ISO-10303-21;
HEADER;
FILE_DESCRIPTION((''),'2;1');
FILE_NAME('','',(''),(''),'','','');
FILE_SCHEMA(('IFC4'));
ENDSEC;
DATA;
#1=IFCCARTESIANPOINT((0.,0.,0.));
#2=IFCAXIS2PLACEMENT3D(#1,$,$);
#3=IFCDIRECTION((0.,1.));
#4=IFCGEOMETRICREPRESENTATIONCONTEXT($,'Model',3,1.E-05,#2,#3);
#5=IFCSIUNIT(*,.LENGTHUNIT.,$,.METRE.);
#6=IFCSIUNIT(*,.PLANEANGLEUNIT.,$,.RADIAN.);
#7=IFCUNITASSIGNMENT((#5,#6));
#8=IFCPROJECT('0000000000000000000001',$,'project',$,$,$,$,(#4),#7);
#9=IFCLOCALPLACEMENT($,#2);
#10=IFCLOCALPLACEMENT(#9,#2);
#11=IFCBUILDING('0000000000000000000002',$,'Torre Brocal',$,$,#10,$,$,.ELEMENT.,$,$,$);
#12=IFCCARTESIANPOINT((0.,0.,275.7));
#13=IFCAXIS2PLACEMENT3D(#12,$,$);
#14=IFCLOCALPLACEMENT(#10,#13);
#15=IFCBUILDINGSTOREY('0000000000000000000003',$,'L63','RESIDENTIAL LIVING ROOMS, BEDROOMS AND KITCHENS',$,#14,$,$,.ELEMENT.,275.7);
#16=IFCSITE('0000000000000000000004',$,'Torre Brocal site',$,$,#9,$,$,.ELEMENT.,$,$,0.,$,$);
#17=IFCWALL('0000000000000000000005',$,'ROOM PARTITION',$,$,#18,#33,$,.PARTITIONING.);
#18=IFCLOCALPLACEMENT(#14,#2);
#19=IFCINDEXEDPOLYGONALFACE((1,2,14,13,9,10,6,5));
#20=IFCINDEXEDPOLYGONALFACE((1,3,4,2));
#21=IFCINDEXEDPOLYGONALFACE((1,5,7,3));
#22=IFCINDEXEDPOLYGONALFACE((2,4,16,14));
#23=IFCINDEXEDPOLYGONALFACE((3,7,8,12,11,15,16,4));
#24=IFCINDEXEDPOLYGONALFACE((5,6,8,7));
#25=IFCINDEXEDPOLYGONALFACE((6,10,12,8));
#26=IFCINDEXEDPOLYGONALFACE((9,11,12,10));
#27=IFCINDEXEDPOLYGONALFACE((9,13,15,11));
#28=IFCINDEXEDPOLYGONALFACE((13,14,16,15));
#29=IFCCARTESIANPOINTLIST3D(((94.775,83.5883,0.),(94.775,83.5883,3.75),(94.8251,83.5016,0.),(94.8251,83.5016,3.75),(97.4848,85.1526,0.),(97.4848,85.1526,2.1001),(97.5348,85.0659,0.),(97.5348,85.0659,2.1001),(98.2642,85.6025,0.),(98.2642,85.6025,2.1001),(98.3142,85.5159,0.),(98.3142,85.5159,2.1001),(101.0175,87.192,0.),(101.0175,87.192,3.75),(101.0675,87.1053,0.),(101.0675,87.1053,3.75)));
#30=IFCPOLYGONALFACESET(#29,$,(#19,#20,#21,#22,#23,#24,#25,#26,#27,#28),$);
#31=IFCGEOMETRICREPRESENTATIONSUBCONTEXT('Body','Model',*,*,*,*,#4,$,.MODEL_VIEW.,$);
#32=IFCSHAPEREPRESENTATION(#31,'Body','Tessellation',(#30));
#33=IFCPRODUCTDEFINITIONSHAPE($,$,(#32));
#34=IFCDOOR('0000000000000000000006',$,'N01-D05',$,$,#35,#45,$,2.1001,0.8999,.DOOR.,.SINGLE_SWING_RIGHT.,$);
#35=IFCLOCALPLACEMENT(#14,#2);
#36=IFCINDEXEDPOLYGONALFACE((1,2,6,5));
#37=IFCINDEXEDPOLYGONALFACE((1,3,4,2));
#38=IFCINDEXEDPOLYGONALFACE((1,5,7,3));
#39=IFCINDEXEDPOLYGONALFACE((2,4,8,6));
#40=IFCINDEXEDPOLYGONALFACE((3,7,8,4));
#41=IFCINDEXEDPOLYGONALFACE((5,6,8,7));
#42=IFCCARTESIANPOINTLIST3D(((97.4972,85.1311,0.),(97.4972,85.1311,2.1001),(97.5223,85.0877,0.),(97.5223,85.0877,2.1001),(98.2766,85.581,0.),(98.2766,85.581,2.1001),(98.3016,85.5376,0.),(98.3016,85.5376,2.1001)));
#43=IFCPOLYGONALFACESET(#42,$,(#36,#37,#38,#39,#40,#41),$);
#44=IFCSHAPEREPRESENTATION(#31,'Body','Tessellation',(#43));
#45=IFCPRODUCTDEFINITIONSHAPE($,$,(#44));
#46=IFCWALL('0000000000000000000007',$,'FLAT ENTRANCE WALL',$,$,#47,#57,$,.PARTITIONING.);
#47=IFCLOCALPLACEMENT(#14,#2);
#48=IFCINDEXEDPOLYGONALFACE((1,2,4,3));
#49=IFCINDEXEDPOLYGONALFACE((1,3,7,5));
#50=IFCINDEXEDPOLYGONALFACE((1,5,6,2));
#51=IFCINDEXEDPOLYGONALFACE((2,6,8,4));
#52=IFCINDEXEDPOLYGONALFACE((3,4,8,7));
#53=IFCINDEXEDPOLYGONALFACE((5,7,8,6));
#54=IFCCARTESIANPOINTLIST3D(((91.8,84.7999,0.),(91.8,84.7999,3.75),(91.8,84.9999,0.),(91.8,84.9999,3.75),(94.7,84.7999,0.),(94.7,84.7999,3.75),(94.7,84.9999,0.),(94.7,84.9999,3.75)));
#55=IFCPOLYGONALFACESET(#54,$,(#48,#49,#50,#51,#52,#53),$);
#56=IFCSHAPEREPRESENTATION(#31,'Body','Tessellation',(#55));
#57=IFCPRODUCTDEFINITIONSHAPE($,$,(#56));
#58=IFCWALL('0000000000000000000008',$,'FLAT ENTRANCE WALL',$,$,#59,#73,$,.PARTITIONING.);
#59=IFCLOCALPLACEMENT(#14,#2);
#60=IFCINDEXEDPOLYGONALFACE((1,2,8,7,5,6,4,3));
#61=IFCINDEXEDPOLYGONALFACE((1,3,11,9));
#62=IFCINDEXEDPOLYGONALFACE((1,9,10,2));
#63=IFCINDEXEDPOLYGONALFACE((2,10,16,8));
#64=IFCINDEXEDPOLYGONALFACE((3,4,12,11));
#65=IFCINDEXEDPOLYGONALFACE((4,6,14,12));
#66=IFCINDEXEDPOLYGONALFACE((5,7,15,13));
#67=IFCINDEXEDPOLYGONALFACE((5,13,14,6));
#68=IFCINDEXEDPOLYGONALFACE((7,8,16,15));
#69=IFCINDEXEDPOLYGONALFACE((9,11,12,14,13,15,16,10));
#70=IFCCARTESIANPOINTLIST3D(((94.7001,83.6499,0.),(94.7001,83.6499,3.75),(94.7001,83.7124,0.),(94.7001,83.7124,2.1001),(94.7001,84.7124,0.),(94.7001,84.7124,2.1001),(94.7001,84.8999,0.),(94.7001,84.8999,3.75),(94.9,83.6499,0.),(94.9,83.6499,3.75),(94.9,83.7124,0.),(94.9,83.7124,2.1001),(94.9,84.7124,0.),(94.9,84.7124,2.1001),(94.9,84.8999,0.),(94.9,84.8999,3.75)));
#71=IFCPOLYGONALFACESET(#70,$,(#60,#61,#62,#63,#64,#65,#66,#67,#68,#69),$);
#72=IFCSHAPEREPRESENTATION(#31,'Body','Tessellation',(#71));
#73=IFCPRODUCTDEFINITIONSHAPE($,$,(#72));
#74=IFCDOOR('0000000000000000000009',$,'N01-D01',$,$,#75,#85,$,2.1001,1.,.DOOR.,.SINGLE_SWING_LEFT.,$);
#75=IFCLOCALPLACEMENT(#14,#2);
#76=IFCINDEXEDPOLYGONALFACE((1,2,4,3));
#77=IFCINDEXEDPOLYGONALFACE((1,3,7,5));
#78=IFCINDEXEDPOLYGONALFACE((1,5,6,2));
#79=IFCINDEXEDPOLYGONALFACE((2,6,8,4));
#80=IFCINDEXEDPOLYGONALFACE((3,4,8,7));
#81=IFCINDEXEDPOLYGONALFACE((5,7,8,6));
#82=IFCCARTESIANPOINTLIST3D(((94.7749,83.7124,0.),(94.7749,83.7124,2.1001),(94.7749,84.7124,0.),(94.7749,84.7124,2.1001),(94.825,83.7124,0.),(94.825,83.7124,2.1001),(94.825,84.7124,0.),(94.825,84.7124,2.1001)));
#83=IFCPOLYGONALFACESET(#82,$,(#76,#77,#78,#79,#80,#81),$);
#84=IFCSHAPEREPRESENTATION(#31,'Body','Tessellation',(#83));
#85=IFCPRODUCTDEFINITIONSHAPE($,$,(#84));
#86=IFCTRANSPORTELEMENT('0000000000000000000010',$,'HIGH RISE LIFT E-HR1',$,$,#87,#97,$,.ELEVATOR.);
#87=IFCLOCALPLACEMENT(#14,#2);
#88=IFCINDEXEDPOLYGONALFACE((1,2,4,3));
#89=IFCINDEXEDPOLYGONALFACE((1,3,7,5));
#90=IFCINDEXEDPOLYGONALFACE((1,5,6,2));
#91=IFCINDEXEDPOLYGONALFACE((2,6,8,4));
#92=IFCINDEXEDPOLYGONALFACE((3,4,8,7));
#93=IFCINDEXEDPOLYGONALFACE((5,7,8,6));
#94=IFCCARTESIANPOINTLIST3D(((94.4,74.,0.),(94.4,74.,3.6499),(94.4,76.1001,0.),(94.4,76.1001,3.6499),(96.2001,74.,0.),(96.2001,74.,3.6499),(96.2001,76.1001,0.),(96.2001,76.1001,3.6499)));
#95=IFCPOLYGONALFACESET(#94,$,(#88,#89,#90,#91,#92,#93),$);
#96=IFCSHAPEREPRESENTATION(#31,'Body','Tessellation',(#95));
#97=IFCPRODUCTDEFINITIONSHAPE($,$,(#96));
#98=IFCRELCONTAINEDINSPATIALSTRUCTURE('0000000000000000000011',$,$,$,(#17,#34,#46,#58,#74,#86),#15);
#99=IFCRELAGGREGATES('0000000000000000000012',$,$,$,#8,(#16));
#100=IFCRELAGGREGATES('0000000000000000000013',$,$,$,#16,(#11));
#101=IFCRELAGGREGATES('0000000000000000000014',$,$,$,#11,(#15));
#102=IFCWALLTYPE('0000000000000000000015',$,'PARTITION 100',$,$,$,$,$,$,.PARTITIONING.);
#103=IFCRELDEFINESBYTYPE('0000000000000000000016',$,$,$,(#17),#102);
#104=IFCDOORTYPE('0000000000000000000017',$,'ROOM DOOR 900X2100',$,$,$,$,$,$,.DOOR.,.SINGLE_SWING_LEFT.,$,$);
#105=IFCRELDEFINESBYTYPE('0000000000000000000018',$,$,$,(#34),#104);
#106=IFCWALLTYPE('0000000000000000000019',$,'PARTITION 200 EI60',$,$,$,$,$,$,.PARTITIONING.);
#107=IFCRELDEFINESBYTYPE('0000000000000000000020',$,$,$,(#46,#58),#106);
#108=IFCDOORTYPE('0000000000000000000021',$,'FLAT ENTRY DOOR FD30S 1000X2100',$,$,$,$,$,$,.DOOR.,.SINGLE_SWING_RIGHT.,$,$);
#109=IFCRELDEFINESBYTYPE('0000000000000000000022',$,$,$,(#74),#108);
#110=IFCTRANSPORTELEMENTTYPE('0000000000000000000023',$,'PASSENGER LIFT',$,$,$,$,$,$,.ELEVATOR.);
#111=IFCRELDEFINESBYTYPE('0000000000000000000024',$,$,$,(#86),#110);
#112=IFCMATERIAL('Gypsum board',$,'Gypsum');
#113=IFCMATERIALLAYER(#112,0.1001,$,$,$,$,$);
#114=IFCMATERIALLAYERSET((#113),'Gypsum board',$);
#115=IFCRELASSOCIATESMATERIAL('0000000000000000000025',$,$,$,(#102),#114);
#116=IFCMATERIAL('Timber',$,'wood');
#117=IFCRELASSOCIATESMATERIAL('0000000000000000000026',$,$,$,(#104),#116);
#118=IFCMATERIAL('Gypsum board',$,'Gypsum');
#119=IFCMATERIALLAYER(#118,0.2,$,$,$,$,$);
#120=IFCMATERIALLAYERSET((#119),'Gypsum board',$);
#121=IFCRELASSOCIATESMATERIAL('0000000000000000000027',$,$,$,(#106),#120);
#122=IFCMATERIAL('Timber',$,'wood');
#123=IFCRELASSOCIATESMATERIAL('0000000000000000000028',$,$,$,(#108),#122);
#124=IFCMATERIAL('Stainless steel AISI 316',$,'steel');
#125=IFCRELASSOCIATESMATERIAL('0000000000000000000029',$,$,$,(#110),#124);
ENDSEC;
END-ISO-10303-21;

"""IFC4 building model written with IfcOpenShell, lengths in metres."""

from ifc_helpers import new_model, si_unit, direction, frame, frame_2d, origin, origin_2d, place, context, subcontext, project, spatial, rectangle, extrude, material, layer, layer_set, type_object, element, fill, save


model = new_model("IFC4")

# Units and contexts
model_context = context("Model", 3, precision=1e-05, world=origin(), true_north=direction((0.0, 1.0)))
body_context = subcontext(model_context, "Body", "Model", "MODEL_VIEW")
ifc_project = project(units=[si_unit("LENGTHUNIT", "METRE"), si_unit("PLANEANGLEUNIT", "RADIAN")], contexts=[model_context])

# Site, building, storey
site_placement = place(None, origin())
site = spatial("IfcSite", under=ifc_project, at=site_placement, Name="Torre Brocal site", CompositionType="ELEMENT", RefElevation=0.0)
building_placement = place(site_placement, origin())
building = spatial("IfcBuilding", under=site, at=building_placement, Name="Torre Brocal", CompositionType="ELEMENT")
storey_placement = place(building_placement, frame((0.0, 0.0, 275.7)))
storey = spatial("IfcBuildingStorey", under=building, at=storey_placement, Name="L63", Description="RESIDENTIAL LIVING ROOMS, BEDROOMS AND KITCHENS", CompositionType="ELEMENT", Elevation=275.7)

# Wall, opening, door
ifc_material_1 = material(Name="Gypsum board", Category="Gypsum")
ifc_layer_1 = layer(ifc_material_1, 0.1001)
ifc_layer_set_1 = layer_set([ifc_layer_1], Name="Gypsum board")
wall_type_1 = type_object("IfcWallType", Name="PARTITION 100", PredefinedType="PARTITIONING", material=ifc_layer_set_1)
wall_1_placement = place(storey_placement, frame((94.8, 83.5449, 0.0), z_axis=(0.0, 0.0, 1.0), x_axis=(0.866044, 0.499968, 0.0)))
wall_1 = element("IfcWall", 1, at=wall_1_placement, inside=storey, type_object=wall_type_1, Name="ROOM PARTITION", PredefinedType="PARTITIONING", context=body_context, shape_type="SweptSolid", body=[
    extrude(rectangle(XDim=7.208, YDim=0.1001, at=frame_2d((3.604, 0.0))), origin(), (0.0, 0.0, 1.0), 3.75),
])
opening_1_placement = place(wall_1_placement, frame((3.1289, 0.0, 0.0)))
opening_1 = element("IfcOpeningElement", 2, at=opening_1_placement, cuts=wall_1, PredefinedType="OPENING", context=body_context, shape_type="SweptSolid", body=[
    extrude(rectangle(XDim=0.8999, YDim=2.1001, at=frame_2d((0.45, 1.05))), frame((0.0, 0.0601, 0.0), z_axis=(0.0, -1.0, 0.0), x_axis=(1.0, 0.0, 0.0)), (0.0, 0.0, 1.0), 0.1201),
])
ifc_material_2 = material(Name="Timber", Category="wood")
door_type_1 = type_object("IfcDoorType", Name="ROOM DOOR 900X2100", OperationType="SINGLE_SWING_LEFT", PredefinedType="DOOR", material=ifc_material_2)
door_1_placement = place(opening_1_placement, frame((0.8999, 0.0, 0.0), z_axis=(0.0, 0.0, 1.0), x_axis=(-1.0, 0.0, 0.0)))
door_1 = element("IfcDoor", 3, at=door_1_placement, inside=storey, type_object=door_type_1, Name="N01-D05", OperationType="SINGLE_SWING_RIGHT", OverallHeight=2.1001, OverallWidth=0.8999, PredefinedType="DOOR", context=body_context, shape_type="SweptSolid", body=[
    extrude(rectangle(XDim=0.8999, YDim=2.1001, at=frame_2d((0.45, 1.05))), frame((0.0, 0.0249, 0.0), z_axis=(0.0, -1.0, 0.0), x_axis=(1.0, 0.0, 0.0)), (0.0, 0.0, 1.0), 0.05),
])
fill(opening_1, door_1)

# Wall
ifc_material_3 = material(Name="Gypsum board", Category="Gypsum")
ifc_layer_2 = layer(ifc_material_3, 0.2)
ifc_layer_set_2 = layer_set([ifc_layer_2], Name="Gypsum board")
wall_type_2 = type_object("IfcWallType", Name="PARTITION 200 EI60", PredefinedType="PARTITIONING", material=ifc_layer_set_2)
wall_2_placement = place(storey_placement, frame((91.8, 84.8999, 0.0), z_axis=(0.0, 0.0, 1.0), x_axis=(1.0, 0.0, 0.0)))
element("IfcWall", 4, at=wall_2_placement, inside=storey, type_object=wall_type_2, Name="FLAT ENTRANCE WALL", PredefinedType="PARTITIONING", context=body_context, shape_type="SweptSolid", body=[
    extrude(rectangle(XDim=2.8999, YDim=0.2, at=frame_2d((1.45, 0.0))), origin(), (0.0, 0.0, 1.0), 3.75),
])

# Wall, opening, door
wall_3_placement = place(storey_placement, frame((94.8, 83.6499, 0.0), z_axis=(0.0, 0.0, 1.0), x_axis=(0.0, 1.0, 0.0)))
wall_3 = element("IfcWall", 5, at=wall_3_placement, inside=storey, type_object=wall_type_2, Name="FLAT ENTRANCE WALL", PredefinedType="PARTITIONING", context=body_context, shape_type="SweptSolid", body=[
    extrude(rectangle(XDim=1.25, YDim=0.2, at=frame_2d((0.625, 0.0))), origin(), (0.0, 0.0, 1.0), 3.75),
])
opening_2_placement = place(wall_3_placement, frame((0.0625, 0.0, 0.0)))
opening_2 = element("IfcOpeningElement", 6, at=opening_2_placement, cuts=wall_3, PredefinedType="OPENING", context=body_context, shape_type="SweptSolid", body=[
    extrude(rectangle(XDim=1.0, YDim=2.1001, at=frame_2d((0.5, 1.05))), frame((0.0, 0.1099, 0.0), z_axis=(0.0, -1.0, 0.0), x_axis=(1.0, 0.0, 0.0)), (0.0, 0.0, 1.0), 0.22),
])
ifc_material_4 = material(Name="Timber", Category="wood")
door_type_2 = type_object("IfcDoorType", Name="FLAT ENTRY DOOR FD30S 1000X2100", OperationType="SINGLE_SWING_RIGHT", PredefinedType="DOOR", material=ifc_material_4)
door_2_placement = place(opening_2_placement, frame((1.0, 0.0, 0.0), z_axis=(0.0, 0.0, 1.0), x_axis=(-1.0, 0.0, 0.0)))
door_2 = element("IfcDoor", 7, at=door_2_placement, inside=storey, type_object=door_type_2, Name="N01-D01", OperationType="SINGLE_SWING_LEFT", OverallHeight=2.1001, OverallWidth=1.0, PredefinedType="DOOR", context=body_context, shape_type="SweptSolid", body=[
    extrude(rectangle(XDim=1.0, YDim=2.1001, at=frame_2d((0.5, 1.05))), frame((0.0, 0.0249, 0.0), z_axis=(0.0, -1.0, 0.0), x_axis=(1.0, 0.0, 0.0)), (0.0, 0.0, 1.0), 0.05),
])
fill(opening_2, door_2)

# Transport element
ifc_material_5 = material(Name="Stainless steel AISI 316", Category="steel")
transport_element_type = type_object("IfcTransportElementType", Name="PASSENGER LIFT", PredefinedType="ELEVATOR", material=ifc_material_5)
transport_element_placement = place(storey_placement, frame((95.3, 75.05, 0.0), z_axis=(0.0, 0.0, 1.0), x_axis=(1.0, 0.0, 0.0)))
element("IfcTransportElement", 8, at=transport_element_placement, inside=storey, type_object=transport_element_type, Name="HIGH RISE LIFT E-HR1", PredefinedType="ELEVATOR", context=body_context, shape_type="SweptSolid", body=[
    extrude(rectangle(XDim=1.8, YDim=2.1001, at=origin_2d()), origin(), (0.0, 0.0, 1.0), 3.6499),
])

save(model, "model.ifc")
